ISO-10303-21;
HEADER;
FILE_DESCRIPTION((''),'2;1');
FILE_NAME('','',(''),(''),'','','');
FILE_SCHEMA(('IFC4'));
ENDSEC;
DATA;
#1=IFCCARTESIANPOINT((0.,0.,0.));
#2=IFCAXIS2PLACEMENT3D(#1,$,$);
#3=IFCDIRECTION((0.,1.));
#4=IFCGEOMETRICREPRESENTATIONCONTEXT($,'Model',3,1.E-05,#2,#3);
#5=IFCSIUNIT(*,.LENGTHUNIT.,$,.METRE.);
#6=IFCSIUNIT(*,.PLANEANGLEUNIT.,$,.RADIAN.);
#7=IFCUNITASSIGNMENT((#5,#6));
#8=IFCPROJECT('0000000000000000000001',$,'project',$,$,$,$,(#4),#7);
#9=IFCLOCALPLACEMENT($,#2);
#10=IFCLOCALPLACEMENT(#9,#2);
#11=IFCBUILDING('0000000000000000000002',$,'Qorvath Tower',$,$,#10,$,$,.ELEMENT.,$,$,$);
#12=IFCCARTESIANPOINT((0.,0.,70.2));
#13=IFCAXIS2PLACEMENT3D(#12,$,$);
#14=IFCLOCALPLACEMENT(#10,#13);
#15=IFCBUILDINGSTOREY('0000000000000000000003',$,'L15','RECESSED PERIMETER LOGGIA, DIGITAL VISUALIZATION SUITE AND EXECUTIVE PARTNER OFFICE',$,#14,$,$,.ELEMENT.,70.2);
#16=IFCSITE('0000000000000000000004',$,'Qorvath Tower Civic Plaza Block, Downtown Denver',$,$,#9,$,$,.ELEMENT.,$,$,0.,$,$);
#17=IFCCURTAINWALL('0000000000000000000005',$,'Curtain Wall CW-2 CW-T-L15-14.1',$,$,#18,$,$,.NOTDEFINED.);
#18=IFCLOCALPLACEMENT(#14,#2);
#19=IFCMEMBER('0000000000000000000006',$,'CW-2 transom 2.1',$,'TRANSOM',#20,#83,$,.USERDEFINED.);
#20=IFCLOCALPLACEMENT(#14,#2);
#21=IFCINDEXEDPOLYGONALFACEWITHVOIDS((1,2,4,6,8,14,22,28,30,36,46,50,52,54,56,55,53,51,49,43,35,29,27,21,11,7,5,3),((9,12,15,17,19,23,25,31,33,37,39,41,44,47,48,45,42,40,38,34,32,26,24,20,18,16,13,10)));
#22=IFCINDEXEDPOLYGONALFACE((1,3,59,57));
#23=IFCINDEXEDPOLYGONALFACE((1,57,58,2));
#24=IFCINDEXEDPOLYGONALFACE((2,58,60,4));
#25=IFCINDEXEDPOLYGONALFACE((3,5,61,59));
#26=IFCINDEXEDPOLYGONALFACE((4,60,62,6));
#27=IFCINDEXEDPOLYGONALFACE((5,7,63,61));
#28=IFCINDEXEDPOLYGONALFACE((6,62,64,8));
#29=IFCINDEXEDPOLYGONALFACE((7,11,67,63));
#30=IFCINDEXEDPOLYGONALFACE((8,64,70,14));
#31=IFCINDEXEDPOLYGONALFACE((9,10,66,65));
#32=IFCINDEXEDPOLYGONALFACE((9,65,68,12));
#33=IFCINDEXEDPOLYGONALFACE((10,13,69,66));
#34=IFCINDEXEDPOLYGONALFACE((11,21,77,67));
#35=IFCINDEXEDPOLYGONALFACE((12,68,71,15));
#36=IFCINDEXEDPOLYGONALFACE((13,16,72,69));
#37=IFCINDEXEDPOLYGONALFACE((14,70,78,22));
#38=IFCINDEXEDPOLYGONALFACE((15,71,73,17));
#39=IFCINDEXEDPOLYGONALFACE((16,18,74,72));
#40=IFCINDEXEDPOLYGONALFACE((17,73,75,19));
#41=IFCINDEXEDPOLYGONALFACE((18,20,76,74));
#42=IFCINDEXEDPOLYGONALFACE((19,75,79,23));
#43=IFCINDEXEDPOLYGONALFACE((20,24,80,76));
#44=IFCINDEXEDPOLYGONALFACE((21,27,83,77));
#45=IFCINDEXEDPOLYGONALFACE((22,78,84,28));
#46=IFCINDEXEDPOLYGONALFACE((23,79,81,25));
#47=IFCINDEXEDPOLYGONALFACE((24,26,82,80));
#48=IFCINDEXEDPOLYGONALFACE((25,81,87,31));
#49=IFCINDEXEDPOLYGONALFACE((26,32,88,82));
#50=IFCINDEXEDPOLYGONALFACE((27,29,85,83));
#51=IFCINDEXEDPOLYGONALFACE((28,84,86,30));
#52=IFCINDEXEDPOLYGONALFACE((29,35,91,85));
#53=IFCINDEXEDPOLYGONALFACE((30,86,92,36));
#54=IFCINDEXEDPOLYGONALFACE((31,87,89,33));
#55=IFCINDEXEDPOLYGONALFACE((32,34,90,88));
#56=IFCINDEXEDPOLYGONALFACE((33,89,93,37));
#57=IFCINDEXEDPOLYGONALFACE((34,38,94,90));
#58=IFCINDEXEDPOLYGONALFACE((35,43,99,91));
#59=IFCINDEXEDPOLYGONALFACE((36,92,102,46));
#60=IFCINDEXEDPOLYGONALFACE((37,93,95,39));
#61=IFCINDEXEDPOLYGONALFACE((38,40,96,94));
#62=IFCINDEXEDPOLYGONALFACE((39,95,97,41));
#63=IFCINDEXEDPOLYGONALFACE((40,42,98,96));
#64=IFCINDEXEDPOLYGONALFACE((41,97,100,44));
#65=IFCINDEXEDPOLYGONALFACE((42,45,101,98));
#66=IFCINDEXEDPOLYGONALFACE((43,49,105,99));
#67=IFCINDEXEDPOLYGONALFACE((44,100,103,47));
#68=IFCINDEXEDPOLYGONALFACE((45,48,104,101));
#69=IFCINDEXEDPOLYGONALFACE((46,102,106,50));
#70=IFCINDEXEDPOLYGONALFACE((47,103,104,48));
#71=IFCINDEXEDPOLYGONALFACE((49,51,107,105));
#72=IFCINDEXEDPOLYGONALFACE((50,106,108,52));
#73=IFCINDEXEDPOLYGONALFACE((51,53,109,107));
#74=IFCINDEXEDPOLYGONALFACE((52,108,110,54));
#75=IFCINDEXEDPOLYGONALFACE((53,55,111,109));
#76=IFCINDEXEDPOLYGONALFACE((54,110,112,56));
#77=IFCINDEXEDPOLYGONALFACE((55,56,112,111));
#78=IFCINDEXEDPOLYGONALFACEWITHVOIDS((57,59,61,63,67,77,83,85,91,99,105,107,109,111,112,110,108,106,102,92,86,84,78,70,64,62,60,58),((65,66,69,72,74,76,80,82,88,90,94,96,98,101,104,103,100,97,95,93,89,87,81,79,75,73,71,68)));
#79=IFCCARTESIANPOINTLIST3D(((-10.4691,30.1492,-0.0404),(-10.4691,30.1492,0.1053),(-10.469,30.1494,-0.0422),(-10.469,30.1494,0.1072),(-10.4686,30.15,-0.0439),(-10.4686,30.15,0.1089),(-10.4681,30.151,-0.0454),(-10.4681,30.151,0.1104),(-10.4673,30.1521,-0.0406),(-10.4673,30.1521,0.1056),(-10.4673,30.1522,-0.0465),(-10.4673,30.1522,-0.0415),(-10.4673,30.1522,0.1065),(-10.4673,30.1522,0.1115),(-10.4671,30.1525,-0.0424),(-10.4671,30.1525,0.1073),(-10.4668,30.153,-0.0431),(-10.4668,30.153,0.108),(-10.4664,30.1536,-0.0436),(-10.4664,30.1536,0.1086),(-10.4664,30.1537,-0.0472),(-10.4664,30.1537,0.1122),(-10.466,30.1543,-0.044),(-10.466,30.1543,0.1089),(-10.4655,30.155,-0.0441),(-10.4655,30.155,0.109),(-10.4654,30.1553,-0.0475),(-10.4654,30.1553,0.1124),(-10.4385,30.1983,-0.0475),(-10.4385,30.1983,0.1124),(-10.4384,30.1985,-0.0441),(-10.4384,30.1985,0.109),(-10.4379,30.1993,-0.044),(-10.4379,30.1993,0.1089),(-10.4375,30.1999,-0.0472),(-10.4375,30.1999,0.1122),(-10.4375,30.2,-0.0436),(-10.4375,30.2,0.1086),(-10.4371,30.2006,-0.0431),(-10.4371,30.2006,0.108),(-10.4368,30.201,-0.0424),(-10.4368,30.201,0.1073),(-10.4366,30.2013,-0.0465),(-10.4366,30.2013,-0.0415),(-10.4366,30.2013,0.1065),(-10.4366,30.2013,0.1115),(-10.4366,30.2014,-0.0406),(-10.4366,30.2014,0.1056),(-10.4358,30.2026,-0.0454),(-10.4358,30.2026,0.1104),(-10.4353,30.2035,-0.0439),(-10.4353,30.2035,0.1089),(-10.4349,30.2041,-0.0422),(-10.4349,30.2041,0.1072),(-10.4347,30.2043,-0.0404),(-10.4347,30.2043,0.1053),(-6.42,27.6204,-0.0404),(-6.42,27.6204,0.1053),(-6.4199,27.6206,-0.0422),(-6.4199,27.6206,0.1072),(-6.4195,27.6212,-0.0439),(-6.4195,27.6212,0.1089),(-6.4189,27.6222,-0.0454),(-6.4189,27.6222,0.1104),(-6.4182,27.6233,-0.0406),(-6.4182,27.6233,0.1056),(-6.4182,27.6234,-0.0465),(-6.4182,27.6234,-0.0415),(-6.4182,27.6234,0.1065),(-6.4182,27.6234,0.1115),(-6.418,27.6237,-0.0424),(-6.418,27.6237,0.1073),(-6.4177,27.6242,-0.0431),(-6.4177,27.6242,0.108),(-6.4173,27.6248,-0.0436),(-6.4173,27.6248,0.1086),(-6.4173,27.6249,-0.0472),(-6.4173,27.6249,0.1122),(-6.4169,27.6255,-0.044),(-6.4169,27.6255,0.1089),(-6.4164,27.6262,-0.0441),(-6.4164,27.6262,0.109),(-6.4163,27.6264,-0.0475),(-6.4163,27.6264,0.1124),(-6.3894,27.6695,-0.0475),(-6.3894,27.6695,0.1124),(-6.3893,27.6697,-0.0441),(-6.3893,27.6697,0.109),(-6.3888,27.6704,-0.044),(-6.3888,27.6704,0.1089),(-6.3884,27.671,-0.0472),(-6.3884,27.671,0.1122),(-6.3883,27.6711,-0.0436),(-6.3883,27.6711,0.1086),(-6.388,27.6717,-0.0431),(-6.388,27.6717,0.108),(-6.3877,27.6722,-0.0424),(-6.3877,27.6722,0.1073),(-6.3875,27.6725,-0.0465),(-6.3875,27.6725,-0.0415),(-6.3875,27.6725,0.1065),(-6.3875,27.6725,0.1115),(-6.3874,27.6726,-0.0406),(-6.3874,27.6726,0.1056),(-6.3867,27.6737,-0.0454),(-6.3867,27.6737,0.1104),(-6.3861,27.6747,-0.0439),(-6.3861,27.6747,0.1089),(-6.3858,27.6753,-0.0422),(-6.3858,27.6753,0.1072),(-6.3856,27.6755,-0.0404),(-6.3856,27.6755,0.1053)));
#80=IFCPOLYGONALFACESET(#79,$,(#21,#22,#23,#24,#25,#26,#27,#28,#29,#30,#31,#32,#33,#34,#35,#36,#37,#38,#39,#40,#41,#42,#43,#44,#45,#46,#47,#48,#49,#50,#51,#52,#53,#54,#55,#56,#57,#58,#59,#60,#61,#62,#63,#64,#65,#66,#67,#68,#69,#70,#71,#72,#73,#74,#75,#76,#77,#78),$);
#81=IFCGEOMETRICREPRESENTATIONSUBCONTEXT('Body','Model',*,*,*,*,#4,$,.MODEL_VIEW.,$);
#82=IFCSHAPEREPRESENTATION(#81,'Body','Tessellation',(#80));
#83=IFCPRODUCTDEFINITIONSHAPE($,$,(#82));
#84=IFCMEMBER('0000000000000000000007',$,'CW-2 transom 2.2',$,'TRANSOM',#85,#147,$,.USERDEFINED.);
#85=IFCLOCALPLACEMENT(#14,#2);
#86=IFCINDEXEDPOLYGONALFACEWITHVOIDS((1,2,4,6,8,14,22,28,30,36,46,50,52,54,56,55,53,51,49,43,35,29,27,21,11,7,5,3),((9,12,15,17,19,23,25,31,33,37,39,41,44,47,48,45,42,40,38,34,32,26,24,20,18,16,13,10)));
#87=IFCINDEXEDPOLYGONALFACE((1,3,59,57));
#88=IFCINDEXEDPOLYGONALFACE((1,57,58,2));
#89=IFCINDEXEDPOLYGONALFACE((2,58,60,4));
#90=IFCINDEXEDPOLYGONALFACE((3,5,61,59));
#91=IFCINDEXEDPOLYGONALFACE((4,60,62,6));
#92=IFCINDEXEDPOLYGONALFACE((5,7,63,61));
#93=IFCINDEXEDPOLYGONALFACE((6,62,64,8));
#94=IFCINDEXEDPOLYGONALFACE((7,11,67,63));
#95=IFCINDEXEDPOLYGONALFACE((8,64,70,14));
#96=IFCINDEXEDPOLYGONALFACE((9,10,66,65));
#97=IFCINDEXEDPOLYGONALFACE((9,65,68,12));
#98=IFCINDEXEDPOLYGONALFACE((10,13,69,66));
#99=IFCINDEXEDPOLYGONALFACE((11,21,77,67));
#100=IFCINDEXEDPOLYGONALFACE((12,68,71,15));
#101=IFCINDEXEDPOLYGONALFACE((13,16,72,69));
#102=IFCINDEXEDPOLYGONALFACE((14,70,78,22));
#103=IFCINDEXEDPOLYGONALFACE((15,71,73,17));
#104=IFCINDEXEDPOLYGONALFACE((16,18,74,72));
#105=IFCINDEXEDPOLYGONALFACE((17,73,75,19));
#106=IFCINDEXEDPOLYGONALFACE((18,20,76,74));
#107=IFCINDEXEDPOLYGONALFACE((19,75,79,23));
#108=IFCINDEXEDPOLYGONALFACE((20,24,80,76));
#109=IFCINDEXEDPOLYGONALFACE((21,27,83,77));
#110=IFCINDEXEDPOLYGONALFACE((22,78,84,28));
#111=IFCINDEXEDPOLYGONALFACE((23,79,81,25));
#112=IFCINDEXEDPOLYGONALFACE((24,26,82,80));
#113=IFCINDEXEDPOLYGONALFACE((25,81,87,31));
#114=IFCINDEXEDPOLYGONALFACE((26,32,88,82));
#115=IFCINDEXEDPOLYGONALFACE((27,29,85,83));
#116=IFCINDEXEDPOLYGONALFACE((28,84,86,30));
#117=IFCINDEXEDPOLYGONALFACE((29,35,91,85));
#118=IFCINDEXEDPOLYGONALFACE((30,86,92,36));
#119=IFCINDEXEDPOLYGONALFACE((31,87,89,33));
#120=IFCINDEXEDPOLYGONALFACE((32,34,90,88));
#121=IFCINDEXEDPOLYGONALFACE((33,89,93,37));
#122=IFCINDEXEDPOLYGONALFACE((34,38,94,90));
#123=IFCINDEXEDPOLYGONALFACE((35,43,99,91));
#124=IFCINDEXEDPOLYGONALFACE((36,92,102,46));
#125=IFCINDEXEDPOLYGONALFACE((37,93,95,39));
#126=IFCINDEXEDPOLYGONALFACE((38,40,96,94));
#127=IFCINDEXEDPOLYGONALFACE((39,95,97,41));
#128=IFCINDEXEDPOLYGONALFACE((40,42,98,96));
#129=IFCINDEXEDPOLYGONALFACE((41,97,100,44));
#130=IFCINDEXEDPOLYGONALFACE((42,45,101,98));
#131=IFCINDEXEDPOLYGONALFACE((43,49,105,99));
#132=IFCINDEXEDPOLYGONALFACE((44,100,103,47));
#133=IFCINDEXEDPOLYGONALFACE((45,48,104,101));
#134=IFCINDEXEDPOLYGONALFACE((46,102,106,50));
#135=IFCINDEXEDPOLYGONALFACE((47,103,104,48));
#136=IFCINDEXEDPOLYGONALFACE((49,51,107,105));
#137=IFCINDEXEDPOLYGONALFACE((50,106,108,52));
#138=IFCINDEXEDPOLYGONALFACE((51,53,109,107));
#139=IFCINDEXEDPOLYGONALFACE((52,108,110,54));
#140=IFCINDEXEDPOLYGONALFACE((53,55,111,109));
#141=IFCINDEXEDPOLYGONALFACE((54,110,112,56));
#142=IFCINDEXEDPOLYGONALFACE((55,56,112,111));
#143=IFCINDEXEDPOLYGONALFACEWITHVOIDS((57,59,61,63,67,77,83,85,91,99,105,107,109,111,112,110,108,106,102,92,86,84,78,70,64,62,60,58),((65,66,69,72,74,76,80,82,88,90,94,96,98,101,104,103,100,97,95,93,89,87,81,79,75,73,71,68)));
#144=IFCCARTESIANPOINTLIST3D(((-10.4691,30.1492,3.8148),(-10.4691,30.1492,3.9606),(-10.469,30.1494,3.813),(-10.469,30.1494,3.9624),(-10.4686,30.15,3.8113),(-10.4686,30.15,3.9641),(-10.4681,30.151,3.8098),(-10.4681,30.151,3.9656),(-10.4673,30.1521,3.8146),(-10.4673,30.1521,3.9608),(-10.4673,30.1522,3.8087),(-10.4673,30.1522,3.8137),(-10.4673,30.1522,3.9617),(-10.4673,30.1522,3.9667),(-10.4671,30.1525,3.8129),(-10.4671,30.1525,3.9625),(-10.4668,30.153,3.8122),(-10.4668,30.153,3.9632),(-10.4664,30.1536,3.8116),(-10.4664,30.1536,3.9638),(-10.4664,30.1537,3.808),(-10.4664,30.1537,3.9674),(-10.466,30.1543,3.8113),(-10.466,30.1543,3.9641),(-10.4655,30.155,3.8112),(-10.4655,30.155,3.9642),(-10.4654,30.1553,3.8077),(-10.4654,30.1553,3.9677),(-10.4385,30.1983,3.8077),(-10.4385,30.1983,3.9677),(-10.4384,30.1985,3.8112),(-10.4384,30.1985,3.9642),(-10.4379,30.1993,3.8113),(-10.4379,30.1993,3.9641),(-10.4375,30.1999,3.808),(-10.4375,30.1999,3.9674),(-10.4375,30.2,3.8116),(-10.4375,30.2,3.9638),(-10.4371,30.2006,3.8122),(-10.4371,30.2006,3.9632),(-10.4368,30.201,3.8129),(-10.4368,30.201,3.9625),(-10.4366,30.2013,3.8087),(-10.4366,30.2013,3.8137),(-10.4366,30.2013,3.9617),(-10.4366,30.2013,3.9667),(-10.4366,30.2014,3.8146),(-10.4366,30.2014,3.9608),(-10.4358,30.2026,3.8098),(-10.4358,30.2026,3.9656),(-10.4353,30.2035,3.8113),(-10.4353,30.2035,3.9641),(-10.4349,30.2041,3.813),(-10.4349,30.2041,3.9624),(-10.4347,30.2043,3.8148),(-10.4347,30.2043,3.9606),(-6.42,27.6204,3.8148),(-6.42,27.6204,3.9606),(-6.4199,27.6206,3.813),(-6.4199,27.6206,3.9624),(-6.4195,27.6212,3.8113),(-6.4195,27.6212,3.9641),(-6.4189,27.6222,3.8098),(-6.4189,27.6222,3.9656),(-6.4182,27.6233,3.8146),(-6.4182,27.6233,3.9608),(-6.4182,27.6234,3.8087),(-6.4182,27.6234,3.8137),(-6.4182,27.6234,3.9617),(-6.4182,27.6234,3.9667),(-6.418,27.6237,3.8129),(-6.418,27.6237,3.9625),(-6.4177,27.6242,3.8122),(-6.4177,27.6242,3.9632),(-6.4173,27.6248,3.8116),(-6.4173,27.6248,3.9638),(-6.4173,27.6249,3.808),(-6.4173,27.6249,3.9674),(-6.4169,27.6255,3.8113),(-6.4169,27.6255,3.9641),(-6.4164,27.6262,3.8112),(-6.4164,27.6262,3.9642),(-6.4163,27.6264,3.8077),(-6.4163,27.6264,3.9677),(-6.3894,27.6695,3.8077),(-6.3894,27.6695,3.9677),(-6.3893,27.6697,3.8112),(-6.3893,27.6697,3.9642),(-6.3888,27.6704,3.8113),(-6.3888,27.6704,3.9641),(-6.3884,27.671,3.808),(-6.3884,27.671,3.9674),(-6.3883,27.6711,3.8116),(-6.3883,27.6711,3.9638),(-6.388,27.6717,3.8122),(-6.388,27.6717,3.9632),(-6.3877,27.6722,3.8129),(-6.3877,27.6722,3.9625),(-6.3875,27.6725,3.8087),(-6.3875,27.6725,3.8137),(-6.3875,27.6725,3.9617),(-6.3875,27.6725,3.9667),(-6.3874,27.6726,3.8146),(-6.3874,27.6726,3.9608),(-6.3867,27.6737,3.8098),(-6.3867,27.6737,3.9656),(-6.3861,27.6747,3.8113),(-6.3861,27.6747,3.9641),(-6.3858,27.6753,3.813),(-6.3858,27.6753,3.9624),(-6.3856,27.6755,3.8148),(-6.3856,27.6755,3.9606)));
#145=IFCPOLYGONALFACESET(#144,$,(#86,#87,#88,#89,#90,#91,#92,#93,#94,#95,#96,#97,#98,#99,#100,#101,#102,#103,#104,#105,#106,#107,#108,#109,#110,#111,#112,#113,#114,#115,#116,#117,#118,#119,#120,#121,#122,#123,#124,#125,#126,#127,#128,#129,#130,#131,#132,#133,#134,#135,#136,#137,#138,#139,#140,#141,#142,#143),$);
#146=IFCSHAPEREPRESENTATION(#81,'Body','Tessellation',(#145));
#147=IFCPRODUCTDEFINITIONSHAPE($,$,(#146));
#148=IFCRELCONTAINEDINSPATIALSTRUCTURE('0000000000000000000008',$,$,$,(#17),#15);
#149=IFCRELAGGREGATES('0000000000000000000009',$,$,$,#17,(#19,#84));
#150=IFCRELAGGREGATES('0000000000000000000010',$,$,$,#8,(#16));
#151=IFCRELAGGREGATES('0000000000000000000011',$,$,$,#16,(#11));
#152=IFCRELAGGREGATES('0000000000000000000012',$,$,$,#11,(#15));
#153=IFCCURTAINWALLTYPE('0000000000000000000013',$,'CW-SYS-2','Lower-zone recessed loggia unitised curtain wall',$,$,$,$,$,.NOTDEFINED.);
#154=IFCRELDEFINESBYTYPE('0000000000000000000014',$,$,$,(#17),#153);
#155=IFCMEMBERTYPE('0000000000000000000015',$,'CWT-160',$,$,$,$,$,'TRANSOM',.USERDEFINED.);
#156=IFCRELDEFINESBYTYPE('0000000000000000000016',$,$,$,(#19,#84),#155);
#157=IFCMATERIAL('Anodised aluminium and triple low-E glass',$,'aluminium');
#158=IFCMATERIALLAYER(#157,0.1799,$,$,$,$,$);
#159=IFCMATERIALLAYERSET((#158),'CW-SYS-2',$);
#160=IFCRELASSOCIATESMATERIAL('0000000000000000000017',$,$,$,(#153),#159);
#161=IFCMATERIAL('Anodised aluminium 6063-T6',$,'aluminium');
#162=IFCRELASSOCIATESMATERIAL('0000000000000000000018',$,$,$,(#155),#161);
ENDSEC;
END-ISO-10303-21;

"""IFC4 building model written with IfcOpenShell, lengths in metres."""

from ifc_helpers import new_model, si_unit, direction, frame, origin, origin_2d, place, context, subcontext, project, spatial, hollow_rectangle, extrude, material, layer, layer_set, material_profile, profile_set, type_object, element, aggregate, save


model = new_model("IFC4")

# Units and contexts
model_context = context("Model", 3, precision=1e-05, world=origin(), true_north=direction((0.0, 1.0)))
body_context = subcontext(model_context, "Body", "Model", "MODEL_VIEW")
ifc_project = project(units=[si_unit("LENGTHUNIT", "METRE"), si_unit("PLANEANGLEUNIT", "RADIAN")], contexts=[model_context])

# Site, building, storey
site_placement = place(None, origin())
site = spatial("IfcSite", under=ifc_project, at=site_placement, Name="Qorvath Tower Civic Plaza Block, Downtown Denver", CompositionType="ELEMENT", RefElevation=0.0)
building_placement = place(site_placement, origin())
building = spatial("IfcBuilding", under=site, at=building_placement, Name="Qorvath Tower", CompositionType="ELEMENT")
storey_placement = place(building_placement, frame((0.0, 0.0, 70.2)))
storey = spatial("IfcBuildingStorey", under=building, at=storey_placement, Name="L15", Description="RECESSED PERIMETER LOGGIA, DIGITAL VISUALIZATION SUITE AND EXECUTIVE PARTNER OFFICE", CompositionType="ELEMENT", Elevation=70.2)

# Shared definitions
ifc_material_1 = material(Name="Anodised aluminium and triple low-E glass", Category="aluminium")
ifc_layer_1 = layer(ifc_material_1, 0.1799)
ifc_layer_set_1 = layer_set([ifc_layer_1], Name="CW-SYS-2")
curtain_wall_type = type_object("IfcCurtainWallType", Name="CW-SYS-2", Description="Lower-zone recessed loggia unitised curtain wall", PredefinedType="NOTDEFINED", material=ifc_layer_set_1)

# Curtain wall
curtain_wall_1_placement = place(storey_placement, origin())
curtain_wall_1 = element("IfcCurtainWall", 1, at=curtain_wall_1_placement, inside=storey, type_object=curtain_wall_type, Name="Curtain Wall CW-2 CW-T-L15-14.1", PredefinedType="NOTDEFINED")

# Members
ifc_material_2 = material(Name="Anodised aluminium 6063-T6", Category="aluminium")
ifc_material_profile_1 = material_profile(ifc_material_2, hollow_rectangle(XDim=0.0649, YDim=0.1599, WallThickness=0.0034, InnerFilletRadius=0.0034, OuterFilletRadius=0.0071, at=origin_2d()), Name="CWT 160x65")
ifc_profile_set_1 = profile_set([ifc_material_profile_1], Name="Anodised aluminium 6063-T6")
member_type_1 = type_object("IfcMemberType", Name="CWT-160", ElementType="TRANSOM", PredefinedType="USERDEFINED", material=ifc_profile_set_1)
member_1_placement = place(storey_placement, frame((-6.4028, 27.6479, 0.0325), z_axis=(-0.848174, 0.529718, 0.0), x_axis=(-0.529718, -0.848174, 0.0)))
member_1 = element("IfcMember", 2, at=member_1_placement, type_object=member_type_1, Name="CW-2 transom 2.1", ObjectType="TRANSOM", PredefinedType="USERDEFINED", context=body_context, shape_type="SweptSolid", body=[
    extrude(hollow_rectangle(XDim=0.0649, YDim=0.1599, WallThickness=0.0034, InnerFilletRadius=0.0034, OuterFilletRadius=0.0071, at=origin_2d()), origin(), (0.0, 0.0, 1.0), 4.7739),
])
member_2_placement = place(storey_placement, frame((-6.4028, 27.6479, 3.8877), z_axis=(-0.848174, 0.529718, 0.0), x_axis=(-0.529718, -0.848174, 0.0)))
member_2 = element("IfcMember", 3, at=member_2_placement, type_object=member_type_1, Name="CW-2 transom 2.2", ObjectType="TRANSOM", PredefinedType="USERDEFINED", context=body_context, shape_type="SweptSolid", body=[
    extrude(hollow_rectangle(XDim=0.0649, YDim=0.1599, WallThickness=0.0034, InnerFilletRadius=0.0034, OuterFilletRadius=0.0071, at=origin_2d()), origin(), (0.0, 0.0, 1.0), 4.7739),
])

aggregate(curtain_wall_1, [member_1, member_2])

save(model, "model.ifc")
